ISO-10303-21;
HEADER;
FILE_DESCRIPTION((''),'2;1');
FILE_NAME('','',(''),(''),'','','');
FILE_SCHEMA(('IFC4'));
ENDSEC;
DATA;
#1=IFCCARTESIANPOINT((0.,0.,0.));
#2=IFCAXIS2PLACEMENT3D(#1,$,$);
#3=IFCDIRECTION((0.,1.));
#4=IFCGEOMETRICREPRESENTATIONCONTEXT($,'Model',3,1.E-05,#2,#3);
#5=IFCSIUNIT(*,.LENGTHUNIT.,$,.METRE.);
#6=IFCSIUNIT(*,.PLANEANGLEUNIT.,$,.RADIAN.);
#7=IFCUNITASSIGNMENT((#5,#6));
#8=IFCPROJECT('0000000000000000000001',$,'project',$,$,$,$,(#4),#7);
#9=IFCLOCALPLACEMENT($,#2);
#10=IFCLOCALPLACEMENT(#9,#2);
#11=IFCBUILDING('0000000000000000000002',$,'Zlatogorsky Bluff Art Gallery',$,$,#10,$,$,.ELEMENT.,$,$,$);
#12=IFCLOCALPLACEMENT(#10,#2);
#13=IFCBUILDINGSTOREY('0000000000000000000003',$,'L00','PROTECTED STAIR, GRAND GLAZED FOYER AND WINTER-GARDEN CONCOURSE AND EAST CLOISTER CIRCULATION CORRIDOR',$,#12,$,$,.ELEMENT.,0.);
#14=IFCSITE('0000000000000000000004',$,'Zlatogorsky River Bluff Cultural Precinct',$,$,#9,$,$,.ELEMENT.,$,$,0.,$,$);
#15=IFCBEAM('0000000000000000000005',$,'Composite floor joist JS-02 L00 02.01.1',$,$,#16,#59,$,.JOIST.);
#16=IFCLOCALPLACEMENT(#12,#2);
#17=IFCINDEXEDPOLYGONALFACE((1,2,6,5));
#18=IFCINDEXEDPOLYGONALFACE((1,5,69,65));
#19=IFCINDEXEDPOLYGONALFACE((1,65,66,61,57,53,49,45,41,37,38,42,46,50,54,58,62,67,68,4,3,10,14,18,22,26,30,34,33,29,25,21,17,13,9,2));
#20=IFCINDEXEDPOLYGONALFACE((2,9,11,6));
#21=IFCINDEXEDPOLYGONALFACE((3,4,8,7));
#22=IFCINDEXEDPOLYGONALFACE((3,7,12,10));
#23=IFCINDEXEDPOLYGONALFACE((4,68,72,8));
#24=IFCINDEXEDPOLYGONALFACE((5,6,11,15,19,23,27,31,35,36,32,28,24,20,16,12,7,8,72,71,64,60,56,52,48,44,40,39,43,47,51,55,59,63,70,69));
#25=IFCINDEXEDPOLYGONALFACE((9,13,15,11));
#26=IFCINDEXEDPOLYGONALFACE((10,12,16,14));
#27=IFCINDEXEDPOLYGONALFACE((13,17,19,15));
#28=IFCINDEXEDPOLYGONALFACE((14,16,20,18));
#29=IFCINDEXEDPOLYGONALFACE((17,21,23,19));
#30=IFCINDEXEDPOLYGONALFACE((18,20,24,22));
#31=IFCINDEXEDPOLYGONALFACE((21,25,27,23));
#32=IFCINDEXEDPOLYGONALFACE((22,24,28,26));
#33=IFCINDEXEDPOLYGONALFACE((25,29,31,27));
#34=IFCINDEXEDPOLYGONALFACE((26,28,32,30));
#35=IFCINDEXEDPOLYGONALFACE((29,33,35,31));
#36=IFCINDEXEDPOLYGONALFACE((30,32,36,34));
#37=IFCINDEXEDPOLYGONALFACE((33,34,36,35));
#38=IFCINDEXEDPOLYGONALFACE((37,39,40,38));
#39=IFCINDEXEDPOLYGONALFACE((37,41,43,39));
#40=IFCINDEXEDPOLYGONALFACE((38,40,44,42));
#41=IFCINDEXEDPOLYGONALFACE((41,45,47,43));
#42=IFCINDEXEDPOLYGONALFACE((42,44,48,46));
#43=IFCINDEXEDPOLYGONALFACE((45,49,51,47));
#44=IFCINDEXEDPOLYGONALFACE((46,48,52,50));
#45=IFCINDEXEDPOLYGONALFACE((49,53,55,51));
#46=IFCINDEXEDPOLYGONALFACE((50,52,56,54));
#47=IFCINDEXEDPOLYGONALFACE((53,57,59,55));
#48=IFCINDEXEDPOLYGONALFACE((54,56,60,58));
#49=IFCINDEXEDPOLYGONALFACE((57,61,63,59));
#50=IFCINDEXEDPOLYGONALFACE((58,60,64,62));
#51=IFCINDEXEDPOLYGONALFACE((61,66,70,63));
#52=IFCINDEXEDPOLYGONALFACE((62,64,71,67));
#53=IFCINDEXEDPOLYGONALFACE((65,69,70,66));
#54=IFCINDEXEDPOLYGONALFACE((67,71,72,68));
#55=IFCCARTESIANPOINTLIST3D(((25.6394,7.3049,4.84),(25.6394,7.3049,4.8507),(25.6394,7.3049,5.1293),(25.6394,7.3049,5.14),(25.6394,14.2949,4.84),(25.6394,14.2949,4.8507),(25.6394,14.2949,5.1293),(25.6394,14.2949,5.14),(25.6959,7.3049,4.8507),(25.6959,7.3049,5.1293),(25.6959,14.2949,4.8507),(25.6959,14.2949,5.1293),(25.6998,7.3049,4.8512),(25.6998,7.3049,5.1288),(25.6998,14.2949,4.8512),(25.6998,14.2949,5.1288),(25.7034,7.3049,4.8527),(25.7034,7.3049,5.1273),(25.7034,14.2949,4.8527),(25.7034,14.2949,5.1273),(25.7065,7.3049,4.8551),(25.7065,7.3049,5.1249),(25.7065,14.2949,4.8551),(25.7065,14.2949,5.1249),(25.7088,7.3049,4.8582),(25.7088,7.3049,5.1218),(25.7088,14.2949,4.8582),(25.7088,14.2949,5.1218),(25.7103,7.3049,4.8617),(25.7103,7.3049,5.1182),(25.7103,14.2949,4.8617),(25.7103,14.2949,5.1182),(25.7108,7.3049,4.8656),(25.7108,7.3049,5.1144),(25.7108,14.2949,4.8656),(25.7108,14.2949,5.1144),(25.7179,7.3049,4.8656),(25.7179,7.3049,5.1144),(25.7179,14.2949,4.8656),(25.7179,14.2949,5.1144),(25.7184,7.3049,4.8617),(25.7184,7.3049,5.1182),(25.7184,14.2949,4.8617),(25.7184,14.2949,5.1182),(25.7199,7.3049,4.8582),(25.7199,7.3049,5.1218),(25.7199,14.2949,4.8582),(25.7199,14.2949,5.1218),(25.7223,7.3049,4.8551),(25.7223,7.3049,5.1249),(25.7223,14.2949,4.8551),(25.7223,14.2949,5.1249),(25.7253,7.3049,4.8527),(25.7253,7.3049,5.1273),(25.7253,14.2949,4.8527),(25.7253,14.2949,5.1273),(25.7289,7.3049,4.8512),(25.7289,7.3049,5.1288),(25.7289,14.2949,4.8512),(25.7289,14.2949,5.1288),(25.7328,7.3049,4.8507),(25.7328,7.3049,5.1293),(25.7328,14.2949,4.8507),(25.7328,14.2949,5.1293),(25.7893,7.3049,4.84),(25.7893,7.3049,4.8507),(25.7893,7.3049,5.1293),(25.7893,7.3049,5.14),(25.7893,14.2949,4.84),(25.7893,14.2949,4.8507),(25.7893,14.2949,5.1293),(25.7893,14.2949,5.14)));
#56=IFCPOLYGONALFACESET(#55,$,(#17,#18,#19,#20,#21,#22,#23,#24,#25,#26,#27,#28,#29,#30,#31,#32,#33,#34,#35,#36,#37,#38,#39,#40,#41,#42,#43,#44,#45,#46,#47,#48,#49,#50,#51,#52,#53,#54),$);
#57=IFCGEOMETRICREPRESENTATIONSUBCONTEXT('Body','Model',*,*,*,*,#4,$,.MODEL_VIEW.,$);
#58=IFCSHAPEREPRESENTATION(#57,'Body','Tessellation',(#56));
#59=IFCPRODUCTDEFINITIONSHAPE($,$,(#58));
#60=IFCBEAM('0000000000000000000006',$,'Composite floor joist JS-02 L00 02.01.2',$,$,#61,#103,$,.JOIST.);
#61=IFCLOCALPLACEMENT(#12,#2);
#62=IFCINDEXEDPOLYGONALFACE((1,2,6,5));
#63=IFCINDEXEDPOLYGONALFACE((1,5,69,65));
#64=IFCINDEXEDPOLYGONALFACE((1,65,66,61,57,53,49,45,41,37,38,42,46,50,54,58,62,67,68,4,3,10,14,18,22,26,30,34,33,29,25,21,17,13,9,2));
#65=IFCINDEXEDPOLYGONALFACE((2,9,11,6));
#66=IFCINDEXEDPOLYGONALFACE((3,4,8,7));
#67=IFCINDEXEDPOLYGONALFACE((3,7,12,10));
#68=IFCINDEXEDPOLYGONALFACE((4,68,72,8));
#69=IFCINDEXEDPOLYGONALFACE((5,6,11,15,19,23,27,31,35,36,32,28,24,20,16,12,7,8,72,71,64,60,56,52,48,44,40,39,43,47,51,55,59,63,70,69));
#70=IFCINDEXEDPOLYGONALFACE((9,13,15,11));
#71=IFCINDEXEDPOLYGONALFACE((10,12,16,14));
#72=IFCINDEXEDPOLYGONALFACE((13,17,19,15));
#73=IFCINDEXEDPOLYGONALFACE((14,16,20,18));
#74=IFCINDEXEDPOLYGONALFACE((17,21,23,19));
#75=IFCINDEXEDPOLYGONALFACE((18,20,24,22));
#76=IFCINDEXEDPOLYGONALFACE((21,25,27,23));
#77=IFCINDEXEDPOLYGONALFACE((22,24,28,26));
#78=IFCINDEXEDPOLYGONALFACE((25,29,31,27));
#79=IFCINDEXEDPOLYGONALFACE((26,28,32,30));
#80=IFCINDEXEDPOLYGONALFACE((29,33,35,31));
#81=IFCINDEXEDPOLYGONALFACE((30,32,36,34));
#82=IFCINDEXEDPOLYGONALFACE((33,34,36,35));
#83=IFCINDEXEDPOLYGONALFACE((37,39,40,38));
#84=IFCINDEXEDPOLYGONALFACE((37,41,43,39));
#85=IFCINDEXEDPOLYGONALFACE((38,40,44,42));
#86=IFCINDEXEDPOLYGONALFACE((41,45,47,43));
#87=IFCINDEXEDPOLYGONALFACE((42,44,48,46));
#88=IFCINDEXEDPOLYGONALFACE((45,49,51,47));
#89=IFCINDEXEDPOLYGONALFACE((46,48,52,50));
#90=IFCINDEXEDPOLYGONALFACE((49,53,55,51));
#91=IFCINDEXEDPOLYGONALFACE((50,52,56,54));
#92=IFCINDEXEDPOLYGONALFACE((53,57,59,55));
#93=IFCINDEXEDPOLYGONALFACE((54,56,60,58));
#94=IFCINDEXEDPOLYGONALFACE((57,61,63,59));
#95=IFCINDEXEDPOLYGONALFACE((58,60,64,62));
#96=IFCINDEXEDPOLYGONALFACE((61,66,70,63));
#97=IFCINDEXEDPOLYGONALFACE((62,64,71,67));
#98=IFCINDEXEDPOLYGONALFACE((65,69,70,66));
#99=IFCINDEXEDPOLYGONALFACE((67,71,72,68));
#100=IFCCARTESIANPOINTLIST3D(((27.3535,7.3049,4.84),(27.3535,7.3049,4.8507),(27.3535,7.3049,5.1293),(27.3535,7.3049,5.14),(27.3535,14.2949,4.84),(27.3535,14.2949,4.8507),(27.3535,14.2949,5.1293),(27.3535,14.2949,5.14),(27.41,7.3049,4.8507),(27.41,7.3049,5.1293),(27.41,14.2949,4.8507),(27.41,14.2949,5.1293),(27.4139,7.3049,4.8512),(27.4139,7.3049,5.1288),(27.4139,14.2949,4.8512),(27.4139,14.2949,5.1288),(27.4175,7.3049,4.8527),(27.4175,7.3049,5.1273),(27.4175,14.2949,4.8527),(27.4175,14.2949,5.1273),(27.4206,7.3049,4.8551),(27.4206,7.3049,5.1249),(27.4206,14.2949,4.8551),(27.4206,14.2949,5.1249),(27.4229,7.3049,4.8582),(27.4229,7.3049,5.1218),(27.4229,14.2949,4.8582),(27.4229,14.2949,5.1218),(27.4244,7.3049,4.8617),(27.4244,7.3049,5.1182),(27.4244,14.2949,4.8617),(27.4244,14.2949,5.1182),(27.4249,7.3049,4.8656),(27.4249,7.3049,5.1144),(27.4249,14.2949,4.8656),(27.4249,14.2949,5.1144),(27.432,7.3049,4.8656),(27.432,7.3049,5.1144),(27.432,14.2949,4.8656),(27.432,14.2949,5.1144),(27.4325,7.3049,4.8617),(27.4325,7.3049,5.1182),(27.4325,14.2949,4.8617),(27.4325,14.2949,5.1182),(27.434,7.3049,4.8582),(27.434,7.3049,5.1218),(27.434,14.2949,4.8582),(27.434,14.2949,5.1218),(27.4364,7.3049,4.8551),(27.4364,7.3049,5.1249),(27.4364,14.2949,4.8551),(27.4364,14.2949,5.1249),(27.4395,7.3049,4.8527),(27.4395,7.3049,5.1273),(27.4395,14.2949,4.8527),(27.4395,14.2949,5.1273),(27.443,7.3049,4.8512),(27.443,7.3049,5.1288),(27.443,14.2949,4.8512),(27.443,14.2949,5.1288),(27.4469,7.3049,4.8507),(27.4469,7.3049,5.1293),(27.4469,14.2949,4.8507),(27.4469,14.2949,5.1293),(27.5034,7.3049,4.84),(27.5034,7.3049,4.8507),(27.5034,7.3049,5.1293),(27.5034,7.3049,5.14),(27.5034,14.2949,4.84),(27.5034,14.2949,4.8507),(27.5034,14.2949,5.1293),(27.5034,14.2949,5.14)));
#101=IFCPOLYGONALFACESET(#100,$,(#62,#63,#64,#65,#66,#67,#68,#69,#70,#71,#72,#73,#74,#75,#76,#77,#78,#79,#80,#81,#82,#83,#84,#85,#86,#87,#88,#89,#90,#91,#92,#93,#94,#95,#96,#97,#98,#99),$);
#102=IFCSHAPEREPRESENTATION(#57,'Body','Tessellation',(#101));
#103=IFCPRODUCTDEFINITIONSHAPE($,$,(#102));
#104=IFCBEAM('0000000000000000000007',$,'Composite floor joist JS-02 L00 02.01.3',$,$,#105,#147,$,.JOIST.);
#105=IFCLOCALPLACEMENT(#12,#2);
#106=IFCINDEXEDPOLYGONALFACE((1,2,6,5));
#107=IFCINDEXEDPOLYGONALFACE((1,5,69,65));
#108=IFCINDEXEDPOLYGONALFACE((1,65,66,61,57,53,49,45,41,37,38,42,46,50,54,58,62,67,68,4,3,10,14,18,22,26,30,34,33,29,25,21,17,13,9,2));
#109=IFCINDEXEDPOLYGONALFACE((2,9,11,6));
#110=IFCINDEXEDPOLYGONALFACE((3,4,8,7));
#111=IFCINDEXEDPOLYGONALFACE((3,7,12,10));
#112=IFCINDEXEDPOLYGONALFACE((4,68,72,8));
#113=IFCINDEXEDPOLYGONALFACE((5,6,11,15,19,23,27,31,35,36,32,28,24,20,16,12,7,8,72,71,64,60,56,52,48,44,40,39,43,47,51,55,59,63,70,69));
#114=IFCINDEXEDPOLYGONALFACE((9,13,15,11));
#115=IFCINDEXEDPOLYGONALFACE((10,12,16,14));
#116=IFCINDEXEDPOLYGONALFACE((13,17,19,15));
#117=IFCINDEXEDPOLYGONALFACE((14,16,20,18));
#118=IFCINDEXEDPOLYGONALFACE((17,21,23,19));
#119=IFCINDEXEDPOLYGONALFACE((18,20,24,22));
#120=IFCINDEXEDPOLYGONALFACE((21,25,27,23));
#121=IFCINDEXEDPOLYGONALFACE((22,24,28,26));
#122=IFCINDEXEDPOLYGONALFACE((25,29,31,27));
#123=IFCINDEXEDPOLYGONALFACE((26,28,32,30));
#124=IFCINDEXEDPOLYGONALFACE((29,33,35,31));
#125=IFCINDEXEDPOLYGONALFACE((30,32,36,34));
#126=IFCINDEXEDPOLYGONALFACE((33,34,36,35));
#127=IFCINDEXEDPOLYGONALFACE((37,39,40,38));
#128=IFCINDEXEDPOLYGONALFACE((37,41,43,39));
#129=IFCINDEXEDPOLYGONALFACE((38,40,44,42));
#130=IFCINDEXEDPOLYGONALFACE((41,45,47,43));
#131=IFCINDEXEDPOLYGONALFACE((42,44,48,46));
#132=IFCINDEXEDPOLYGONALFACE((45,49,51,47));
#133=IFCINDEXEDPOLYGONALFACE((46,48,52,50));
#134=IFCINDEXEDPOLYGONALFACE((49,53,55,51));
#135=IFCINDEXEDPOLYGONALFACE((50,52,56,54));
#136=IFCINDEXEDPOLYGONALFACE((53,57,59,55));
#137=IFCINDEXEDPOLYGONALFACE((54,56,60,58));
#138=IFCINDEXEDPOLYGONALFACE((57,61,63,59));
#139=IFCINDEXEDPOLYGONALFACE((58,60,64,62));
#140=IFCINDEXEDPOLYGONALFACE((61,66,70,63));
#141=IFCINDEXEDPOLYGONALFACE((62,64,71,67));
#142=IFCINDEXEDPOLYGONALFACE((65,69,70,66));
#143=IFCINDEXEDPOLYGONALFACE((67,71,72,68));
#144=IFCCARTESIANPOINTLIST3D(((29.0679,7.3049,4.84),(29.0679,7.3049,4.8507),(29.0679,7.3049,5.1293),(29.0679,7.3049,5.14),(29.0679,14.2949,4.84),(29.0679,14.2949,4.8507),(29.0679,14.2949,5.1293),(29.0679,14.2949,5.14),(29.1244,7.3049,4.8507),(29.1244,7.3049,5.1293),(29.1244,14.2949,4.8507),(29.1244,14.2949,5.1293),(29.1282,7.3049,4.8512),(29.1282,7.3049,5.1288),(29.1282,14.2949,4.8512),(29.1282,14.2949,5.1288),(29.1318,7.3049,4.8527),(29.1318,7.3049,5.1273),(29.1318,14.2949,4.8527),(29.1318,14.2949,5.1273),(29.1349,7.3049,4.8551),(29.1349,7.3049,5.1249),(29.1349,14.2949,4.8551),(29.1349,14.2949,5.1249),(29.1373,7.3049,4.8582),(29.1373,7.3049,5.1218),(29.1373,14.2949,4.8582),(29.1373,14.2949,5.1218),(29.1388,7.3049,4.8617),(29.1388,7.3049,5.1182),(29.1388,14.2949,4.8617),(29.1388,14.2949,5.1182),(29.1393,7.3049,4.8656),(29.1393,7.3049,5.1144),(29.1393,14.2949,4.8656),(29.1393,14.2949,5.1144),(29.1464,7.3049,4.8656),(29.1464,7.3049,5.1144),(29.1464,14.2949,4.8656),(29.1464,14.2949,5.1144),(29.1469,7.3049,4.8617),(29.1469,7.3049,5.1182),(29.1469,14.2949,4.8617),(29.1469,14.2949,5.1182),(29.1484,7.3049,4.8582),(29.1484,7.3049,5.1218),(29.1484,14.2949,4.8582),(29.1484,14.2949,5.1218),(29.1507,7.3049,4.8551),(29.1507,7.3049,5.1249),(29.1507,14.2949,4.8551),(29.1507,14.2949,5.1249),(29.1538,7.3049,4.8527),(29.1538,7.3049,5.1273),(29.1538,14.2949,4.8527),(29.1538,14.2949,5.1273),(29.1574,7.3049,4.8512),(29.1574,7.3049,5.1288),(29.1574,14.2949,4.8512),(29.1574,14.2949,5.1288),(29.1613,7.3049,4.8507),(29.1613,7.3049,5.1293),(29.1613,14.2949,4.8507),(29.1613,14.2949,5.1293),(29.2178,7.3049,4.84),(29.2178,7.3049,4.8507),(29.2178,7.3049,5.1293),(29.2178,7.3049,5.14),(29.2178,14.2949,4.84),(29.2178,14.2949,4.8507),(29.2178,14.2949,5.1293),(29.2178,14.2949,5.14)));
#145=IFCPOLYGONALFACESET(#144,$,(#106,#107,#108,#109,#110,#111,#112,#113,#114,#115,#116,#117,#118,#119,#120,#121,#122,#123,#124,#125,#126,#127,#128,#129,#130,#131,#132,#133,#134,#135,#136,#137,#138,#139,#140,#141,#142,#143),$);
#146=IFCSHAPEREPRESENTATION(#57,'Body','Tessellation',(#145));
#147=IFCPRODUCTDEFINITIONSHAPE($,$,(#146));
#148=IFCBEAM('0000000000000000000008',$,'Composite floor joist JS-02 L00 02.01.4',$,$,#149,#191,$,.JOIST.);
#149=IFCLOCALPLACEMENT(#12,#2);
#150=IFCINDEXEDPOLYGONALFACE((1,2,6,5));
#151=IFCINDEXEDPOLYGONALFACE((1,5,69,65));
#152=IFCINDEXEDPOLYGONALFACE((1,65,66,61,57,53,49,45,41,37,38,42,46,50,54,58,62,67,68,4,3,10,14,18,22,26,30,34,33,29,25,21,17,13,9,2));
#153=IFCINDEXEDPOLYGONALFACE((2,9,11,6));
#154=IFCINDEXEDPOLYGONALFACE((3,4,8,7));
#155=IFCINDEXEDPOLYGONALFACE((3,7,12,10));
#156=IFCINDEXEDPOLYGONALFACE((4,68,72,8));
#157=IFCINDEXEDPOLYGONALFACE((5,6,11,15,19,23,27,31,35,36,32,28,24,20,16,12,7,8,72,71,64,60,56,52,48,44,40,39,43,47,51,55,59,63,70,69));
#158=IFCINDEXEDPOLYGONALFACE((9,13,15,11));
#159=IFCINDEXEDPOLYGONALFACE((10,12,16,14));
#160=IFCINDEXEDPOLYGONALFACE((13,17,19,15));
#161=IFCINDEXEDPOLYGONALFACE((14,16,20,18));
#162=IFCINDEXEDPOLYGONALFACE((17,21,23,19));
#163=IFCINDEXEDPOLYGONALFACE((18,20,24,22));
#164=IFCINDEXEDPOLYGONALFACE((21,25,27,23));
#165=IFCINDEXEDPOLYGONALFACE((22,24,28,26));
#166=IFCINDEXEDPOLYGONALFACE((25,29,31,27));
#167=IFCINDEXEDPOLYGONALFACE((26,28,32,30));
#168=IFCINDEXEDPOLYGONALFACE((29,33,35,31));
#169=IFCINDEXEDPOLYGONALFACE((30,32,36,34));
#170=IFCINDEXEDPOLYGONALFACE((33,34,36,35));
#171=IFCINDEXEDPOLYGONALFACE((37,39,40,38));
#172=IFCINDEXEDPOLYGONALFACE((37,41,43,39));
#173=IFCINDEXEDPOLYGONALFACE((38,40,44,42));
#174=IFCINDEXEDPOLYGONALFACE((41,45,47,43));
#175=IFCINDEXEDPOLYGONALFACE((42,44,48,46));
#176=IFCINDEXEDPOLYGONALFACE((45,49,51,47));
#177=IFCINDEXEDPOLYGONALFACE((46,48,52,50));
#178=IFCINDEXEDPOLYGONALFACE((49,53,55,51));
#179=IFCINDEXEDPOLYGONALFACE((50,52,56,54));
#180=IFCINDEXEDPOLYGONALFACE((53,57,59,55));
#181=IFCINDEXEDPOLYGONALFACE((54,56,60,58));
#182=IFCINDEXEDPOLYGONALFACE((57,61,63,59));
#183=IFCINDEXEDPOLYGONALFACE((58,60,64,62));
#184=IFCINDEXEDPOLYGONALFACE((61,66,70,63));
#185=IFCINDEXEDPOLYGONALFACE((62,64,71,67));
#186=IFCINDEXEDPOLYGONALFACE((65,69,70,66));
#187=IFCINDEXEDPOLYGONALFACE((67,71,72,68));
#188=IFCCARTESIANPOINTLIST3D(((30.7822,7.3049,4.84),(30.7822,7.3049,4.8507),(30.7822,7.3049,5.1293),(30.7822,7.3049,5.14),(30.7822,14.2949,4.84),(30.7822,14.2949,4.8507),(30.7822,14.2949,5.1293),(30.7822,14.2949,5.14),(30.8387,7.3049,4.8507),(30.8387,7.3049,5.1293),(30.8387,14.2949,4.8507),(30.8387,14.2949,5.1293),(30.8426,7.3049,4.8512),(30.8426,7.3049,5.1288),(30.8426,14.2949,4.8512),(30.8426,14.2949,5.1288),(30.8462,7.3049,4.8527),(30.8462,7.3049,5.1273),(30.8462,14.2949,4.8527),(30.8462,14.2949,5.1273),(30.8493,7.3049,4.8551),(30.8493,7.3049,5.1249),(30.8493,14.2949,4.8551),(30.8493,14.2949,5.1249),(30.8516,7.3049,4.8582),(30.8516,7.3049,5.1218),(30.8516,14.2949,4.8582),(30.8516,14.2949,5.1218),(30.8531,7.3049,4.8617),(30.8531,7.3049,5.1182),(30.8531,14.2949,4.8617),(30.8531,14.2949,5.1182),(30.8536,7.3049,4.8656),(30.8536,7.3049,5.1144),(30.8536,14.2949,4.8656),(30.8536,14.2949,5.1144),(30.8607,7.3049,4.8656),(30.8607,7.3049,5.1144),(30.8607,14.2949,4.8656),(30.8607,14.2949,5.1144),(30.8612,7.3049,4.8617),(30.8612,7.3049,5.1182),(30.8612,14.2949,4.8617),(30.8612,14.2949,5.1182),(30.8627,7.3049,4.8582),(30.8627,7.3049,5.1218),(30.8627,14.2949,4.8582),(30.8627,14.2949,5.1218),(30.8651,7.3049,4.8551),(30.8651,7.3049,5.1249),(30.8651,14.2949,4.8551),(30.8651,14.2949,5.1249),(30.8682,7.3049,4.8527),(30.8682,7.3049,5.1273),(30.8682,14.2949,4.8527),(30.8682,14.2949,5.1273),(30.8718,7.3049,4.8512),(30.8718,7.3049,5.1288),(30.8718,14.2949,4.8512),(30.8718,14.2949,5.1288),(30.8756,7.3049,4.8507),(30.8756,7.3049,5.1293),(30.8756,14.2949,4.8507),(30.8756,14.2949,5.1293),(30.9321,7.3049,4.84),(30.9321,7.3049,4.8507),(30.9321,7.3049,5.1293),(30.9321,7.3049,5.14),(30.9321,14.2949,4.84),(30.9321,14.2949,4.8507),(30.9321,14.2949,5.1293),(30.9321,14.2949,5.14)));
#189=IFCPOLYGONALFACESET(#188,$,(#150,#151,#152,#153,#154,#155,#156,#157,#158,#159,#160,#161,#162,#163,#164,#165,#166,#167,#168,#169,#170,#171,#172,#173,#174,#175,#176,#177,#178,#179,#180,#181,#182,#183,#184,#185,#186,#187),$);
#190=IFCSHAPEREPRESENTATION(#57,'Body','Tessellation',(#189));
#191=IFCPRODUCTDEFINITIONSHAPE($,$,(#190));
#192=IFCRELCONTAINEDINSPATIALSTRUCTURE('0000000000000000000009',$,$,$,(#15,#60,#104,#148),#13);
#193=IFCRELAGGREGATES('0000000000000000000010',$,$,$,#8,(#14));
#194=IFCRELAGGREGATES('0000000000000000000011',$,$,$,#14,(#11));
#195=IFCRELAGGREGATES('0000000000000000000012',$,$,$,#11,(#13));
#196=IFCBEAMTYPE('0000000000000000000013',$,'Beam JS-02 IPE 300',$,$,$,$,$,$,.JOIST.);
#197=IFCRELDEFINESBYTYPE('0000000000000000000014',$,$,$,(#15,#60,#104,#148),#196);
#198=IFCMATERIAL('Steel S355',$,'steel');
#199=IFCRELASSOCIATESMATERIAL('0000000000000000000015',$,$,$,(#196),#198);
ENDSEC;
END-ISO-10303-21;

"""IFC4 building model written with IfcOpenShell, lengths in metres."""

from ifc_helpers import new_model, si_unit, direction, frame, origin, origin_2d, place, context, subcontext, project, spatial, i_section, extrude, material, material_profile, profile_set, type_object, element, save


model = new_model("IFC4")

# Units and contexts
model_context = context("Model", 3, precision=1e-05, world=origin(), true_north=direction((0.0, 1.0)))
body_context = subcontext(model_context, "Body", "Model", "MODEL_VIEW")
ifc_project = project(units=[si_unit("LENGTHUNIT", "METRE"), si_unit("PLANEANGLEUNIT", "RADIAN")], contexts=[model_context])

# Site, building, storey
site_placement = place(None, origin())
site = spatial("IfcSite", under=ifc_project, at=site_placement, Name="Zlatogorsky River Bluff Cultural Precinct", CompositionType="ELEMENT", RefElevation=0.0)
building_placement = place(site_placement, origin())
building = spatial("IfcBuilding", under=site, at=building_placement, Name="Zlatogorsky Bluff Art Gallery", CompositionType="ELEMENT")
storey_placement = place(building_placement, origin())
storey = spatial("IfcBuildingStorey", under=building, at=storey_placement, Name="L00", Description="PROTECTED STAIR, GRAND GLAZED FOYER AND WINTER-GARDEN CONCOURSE AND EAST CLOISTER CIRCULATION CORRIDOR", CompositionType="ELEMENT", Elevation=0.0)

# Beams
ifc_material_1 = material(Name="Steel S355", Category="steel")
ifc_material_profile_1 = material_profile(ifc_material_1, i_section(OverallWidth=0.1499, OverallDepth=0.3, WebThickness=0.0071, FlangeThickness=0.0107, FilletRadius=0.0149, at=origin_2d()), Name="IPE 300")
ifc_profile_set_1 = profile_set([ifc_material_profile_1], Name="Steel S355")
beam_type_1 = type_object("IfcBeamType", Name="Beam JS-02 IPE 300", PredefinedType="JOIST", material=ifc_profile_set_1)
for number, where, z_axis, x_axis, name in (
    (1, (25.7144, 7.3049, 4.99), (0.0, 1.0, 0.0), (-1.0, 0.0, 0.0), "Composite floor joist JS-02 L00 02.01.1"),
    (2, (27.4285, 7.3049, 4.99), (0.0, 1.0, 0.0), (-1.0, 0.0, 0.0), "Composite floor joist JS-02 L00 02.01.2"),
    (3, (29.1428, 7.3049, 4.99), (0.0, 1.0, 0.0), (-1.0, 0.0, 0.0), "Composite floor joist JS-02 L00 02.01.3"),
    (4, (30.8572, 7.3049, 4.99), (0.0, 1.0, 0.0), (-1.0, 0.0, 0.0), "Composite floor joist JS-02 L00 02.01.4"),
):
    element("IfcBeam", number, at=place(storey_placement, frame(where, z_axis=z_axis, x_axis=x_axis)), inside=storey, type_object=beam_type_1, Name=name, PredefinedType="JOIST", context=body_context, shape_type="SweptSolid", body=[
        extrude(i_section(OverallWidth=0.1499, OverallDepth=0.3, WebThickness=0.0071, FlangeThickness=0.0107, FilletRadius=0.0149, at=origin_2d()), origin(), (0.0, 0.0, 1.0), 6.99),
    ])

save(model, "model.ifc")
